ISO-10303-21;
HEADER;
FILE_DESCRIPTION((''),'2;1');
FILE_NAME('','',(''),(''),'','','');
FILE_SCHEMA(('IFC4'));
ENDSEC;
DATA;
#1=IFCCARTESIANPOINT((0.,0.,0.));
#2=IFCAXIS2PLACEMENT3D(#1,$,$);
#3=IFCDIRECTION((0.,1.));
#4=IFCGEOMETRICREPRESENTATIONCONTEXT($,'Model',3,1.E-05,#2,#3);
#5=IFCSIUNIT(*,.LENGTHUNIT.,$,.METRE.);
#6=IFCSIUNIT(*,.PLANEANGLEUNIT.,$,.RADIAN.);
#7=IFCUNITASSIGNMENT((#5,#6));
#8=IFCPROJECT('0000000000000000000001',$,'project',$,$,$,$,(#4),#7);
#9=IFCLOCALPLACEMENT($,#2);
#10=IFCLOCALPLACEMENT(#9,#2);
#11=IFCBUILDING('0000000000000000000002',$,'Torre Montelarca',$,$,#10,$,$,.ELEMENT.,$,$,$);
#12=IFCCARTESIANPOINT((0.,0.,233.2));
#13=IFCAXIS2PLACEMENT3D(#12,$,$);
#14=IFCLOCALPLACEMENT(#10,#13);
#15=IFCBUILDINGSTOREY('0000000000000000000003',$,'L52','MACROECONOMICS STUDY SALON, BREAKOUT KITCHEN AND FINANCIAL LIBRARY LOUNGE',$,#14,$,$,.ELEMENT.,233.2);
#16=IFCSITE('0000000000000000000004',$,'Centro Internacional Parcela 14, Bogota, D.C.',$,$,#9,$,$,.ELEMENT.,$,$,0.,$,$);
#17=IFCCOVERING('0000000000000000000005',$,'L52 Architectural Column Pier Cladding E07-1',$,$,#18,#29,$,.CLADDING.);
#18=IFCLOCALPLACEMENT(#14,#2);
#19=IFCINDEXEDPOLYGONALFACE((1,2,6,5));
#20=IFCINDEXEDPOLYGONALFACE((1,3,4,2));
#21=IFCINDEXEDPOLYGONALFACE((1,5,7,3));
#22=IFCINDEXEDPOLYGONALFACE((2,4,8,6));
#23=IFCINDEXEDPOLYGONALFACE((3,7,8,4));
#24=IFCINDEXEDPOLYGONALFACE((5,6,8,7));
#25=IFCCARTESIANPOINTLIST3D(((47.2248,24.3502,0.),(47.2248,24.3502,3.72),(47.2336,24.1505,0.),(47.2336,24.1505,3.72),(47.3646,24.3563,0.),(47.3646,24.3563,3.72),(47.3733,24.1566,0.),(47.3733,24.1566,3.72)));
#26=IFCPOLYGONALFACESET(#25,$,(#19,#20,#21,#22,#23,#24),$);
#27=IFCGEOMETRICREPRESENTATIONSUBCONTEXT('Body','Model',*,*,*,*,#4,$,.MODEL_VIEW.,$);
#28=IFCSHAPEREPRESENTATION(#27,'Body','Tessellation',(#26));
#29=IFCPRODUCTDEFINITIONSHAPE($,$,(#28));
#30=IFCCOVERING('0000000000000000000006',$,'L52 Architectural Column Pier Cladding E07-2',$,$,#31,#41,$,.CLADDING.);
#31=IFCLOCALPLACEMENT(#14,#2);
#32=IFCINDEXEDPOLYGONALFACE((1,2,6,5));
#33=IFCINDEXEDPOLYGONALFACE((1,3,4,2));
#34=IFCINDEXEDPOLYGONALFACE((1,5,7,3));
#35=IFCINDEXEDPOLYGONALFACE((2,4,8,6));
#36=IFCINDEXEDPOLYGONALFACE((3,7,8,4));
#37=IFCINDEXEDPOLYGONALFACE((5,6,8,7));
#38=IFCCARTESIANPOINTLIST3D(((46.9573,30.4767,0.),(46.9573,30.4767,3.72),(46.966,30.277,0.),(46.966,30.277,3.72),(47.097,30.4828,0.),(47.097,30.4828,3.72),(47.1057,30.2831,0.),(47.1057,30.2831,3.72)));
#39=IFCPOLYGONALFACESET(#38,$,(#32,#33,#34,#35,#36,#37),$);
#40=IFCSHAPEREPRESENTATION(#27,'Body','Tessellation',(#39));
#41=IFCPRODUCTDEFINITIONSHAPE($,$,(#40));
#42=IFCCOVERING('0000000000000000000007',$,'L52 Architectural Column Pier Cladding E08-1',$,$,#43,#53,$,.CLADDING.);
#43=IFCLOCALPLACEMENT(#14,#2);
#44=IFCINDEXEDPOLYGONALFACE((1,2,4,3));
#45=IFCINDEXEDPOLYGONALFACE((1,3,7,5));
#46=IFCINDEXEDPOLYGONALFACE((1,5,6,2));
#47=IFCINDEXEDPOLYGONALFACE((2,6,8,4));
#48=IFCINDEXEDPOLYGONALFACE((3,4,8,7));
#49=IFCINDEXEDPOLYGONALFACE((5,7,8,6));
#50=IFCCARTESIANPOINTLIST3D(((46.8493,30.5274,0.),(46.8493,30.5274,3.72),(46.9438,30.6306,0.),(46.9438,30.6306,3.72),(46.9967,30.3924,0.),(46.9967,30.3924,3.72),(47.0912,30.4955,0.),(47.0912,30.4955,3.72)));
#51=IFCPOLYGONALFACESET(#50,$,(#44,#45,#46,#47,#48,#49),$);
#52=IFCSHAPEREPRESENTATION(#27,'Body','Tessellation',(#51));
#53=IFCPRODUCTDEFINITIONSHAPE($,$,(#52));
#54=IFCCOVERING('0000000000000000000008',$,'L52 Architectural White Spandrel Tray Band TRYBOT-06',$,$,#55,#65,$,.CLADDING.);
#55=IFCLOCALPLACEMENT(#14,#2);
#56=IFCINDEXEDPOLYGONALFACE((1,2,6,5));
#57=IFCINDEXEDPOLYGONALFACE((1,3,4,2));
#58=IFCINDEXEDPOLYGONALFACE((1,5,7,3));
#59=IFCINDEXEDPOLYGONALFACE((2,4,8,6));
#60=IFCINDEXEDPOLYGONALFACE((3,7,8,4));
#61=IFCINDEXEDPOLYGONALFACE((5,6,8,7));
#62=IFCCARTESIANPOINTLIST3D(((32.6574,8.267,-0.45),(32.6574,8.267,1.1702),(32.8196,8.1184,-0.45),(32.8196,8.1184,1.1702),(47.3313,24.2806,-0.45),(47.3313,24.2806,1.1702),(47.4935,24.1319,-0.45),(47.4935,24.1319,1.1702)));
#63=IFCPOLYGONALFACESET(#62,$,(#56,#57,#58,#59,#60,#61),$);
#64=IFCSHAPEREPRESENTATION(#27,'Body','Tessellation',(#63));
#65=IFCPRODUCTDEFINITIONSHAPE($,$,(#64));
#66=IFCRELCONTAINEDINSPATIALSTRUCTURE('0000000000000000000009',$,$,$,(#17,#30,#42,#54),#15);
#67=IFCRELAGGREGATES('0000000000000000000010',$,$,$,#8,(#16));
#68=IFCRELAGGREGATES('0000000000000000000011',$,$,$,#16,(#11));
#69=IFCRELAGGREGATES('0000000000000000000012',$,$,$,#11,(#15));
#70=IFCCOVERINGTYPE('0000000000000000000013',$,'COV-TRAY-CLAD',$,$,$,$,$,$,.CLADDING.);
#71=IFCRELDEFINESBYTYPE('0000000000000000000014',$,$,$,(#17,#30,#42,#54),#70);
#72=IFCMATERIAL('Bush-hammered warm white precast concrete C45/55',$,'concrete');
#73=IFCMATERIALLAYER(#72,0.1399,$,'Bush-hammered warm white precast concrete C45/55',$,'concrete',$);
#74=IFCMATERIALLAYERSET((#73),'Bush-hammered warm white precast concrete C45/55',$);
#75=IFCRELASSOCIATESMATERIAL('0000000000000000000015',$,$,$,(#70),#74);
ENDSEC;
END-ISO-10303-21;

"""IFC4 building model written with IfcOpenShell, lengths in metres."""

from ifc_helpers import new_model, si_unit, direction, frame, origin, origin_2d, place, context, subcontext, project, spatial, rectangle, extrude, source, transform, mapped, material, layer, layer_set, type_object, element, save


model = new_model("IFC4")

# Units and contexts
model_context = context("Model", 3, precision=1e-05, world=origin(), true_north=direction((0.0, 1.0)))
body_context = subcontext(model_context, "Body", "Model", "MODEL_VIEW")
ifc_project = project(units=[si_unit("LENGTHUNIT", "METRE"), si_unit("PLANEANGLEUNIT", "RADIAN")], contexts=[model_context])

# Site, building, storey
site_placement = place(None, origin())
site = spatial("IfcSite", under=ifc_project, at=site_placement, Name="Centro Internacional Parcela 14, Bogota, D.C.", CompositionType="ELEMENT", RefElevation=0.0)
building_placement = place(site_placement, origin())
building = spatial("IfcBuilding", under=site, at=building_placement, Name="Torre Montelarca", CompositionType="ELEMENT")
storey_placement = place(building_placement, frame((0.0, 0.0, 233.2)))
storey = spatial("IfcBuildingStorey", under=building, at=storey_placement, Name="L52", Description="MACROECONOMICS STUDY SALON, BREAKOUT KITCHEN AND FINANCIAL LIBRARY LOUNGE", CompositionType="ELEMENT", Elevation=233.2)

# Coverings
ifc_material_1 = material(Name="Bush-hammered warm white precast concrete C45/55", Category="concrete")
ifc_layer_1 = layer(ifc_material_1, 0.1399, Name="Bush-hammered warm white precast concrete C45/55", Category="concrete")
ifc_layer_set_1 = layer_set([ifc_layer_1], Name="Bush-hammered warm white precast concrete C45/55")
covering_type = type_object("IfcCoveringType", Name="COV-TRAY-CLAD", PredefinedType="CLADDING", material=ifc_layer_set_1)
shared_shape_1 = source(origin(), body_context, "Body", "SweptSolid", [
    extrude(rectangle(XDim=0.2, YDim=0.1399, at=origin_2d()), origin(), (0.0, 0.0, 1.0), 3.72),
])
for number, where, z_axis, x_axis, name in (
    (1, (47.2991, 24.2534, 0.0), (0.0, 0.0, 1.0), (-0.043628, 0.999048, 0.0), "L52 Architectural Column Pier Cladding E07-1"),
    (2, (47.0315, 30.3799, 0.0), (0.0, 0.0, 1.0), (-0.043628, 0.999048, 0.0), "L52 Architectural Column Pier Cladding E07-2"),
    (3, (46.9702, 30.5115, 0.0), (0.0, 0.0, 1.0), (-0.737277, 0.67559, 0.0), "L52 Architectural Column Pier Cladding E08-1"),
):
    element("IfcCovering", number, at=place(storey_placement, frame(where, z_axis=z_axis, x_axis=x_axis)), inside=storey, type_object=covering_type, Name=name, PredefinedType="CLADDING", context=body_context, shape_type="MappedRepresentation", body=[
        mapped(shared_shape_1, transform((0.0, 0.0, 0.0), scale=1.0)),
    ])
shared_shape_2 = source(origin(), body_context, "Body", "SweptSolid", [
    extrude(rectangle(XDim=21.72, YDim=0.22, at=origin_2d()), origin(), (0.0, 0.0, 1.0), 1.6201),
])
covering_1_placement = place(storey_placement, frame((40.0754, 16.1995, -0.45), z_axis=(0.0, 0.0, 1.0), x_axis=(0.675594, 0.737274, 0.0)))
element("IfcCovering", 4, at=covering_1_placement, inside=storey, type_object=covering_type, Name="L52 Architectural White Spandrel Tray Band TRYBOT-06", PredefinedType="CLADDING", context=body_context, shape_type="MappedRepresentation", body=[
    mapped(shared_shape_2, transform((0.0, 0.0, 0.0), scale=1.0)),
])

save(model, "model.ifc")
